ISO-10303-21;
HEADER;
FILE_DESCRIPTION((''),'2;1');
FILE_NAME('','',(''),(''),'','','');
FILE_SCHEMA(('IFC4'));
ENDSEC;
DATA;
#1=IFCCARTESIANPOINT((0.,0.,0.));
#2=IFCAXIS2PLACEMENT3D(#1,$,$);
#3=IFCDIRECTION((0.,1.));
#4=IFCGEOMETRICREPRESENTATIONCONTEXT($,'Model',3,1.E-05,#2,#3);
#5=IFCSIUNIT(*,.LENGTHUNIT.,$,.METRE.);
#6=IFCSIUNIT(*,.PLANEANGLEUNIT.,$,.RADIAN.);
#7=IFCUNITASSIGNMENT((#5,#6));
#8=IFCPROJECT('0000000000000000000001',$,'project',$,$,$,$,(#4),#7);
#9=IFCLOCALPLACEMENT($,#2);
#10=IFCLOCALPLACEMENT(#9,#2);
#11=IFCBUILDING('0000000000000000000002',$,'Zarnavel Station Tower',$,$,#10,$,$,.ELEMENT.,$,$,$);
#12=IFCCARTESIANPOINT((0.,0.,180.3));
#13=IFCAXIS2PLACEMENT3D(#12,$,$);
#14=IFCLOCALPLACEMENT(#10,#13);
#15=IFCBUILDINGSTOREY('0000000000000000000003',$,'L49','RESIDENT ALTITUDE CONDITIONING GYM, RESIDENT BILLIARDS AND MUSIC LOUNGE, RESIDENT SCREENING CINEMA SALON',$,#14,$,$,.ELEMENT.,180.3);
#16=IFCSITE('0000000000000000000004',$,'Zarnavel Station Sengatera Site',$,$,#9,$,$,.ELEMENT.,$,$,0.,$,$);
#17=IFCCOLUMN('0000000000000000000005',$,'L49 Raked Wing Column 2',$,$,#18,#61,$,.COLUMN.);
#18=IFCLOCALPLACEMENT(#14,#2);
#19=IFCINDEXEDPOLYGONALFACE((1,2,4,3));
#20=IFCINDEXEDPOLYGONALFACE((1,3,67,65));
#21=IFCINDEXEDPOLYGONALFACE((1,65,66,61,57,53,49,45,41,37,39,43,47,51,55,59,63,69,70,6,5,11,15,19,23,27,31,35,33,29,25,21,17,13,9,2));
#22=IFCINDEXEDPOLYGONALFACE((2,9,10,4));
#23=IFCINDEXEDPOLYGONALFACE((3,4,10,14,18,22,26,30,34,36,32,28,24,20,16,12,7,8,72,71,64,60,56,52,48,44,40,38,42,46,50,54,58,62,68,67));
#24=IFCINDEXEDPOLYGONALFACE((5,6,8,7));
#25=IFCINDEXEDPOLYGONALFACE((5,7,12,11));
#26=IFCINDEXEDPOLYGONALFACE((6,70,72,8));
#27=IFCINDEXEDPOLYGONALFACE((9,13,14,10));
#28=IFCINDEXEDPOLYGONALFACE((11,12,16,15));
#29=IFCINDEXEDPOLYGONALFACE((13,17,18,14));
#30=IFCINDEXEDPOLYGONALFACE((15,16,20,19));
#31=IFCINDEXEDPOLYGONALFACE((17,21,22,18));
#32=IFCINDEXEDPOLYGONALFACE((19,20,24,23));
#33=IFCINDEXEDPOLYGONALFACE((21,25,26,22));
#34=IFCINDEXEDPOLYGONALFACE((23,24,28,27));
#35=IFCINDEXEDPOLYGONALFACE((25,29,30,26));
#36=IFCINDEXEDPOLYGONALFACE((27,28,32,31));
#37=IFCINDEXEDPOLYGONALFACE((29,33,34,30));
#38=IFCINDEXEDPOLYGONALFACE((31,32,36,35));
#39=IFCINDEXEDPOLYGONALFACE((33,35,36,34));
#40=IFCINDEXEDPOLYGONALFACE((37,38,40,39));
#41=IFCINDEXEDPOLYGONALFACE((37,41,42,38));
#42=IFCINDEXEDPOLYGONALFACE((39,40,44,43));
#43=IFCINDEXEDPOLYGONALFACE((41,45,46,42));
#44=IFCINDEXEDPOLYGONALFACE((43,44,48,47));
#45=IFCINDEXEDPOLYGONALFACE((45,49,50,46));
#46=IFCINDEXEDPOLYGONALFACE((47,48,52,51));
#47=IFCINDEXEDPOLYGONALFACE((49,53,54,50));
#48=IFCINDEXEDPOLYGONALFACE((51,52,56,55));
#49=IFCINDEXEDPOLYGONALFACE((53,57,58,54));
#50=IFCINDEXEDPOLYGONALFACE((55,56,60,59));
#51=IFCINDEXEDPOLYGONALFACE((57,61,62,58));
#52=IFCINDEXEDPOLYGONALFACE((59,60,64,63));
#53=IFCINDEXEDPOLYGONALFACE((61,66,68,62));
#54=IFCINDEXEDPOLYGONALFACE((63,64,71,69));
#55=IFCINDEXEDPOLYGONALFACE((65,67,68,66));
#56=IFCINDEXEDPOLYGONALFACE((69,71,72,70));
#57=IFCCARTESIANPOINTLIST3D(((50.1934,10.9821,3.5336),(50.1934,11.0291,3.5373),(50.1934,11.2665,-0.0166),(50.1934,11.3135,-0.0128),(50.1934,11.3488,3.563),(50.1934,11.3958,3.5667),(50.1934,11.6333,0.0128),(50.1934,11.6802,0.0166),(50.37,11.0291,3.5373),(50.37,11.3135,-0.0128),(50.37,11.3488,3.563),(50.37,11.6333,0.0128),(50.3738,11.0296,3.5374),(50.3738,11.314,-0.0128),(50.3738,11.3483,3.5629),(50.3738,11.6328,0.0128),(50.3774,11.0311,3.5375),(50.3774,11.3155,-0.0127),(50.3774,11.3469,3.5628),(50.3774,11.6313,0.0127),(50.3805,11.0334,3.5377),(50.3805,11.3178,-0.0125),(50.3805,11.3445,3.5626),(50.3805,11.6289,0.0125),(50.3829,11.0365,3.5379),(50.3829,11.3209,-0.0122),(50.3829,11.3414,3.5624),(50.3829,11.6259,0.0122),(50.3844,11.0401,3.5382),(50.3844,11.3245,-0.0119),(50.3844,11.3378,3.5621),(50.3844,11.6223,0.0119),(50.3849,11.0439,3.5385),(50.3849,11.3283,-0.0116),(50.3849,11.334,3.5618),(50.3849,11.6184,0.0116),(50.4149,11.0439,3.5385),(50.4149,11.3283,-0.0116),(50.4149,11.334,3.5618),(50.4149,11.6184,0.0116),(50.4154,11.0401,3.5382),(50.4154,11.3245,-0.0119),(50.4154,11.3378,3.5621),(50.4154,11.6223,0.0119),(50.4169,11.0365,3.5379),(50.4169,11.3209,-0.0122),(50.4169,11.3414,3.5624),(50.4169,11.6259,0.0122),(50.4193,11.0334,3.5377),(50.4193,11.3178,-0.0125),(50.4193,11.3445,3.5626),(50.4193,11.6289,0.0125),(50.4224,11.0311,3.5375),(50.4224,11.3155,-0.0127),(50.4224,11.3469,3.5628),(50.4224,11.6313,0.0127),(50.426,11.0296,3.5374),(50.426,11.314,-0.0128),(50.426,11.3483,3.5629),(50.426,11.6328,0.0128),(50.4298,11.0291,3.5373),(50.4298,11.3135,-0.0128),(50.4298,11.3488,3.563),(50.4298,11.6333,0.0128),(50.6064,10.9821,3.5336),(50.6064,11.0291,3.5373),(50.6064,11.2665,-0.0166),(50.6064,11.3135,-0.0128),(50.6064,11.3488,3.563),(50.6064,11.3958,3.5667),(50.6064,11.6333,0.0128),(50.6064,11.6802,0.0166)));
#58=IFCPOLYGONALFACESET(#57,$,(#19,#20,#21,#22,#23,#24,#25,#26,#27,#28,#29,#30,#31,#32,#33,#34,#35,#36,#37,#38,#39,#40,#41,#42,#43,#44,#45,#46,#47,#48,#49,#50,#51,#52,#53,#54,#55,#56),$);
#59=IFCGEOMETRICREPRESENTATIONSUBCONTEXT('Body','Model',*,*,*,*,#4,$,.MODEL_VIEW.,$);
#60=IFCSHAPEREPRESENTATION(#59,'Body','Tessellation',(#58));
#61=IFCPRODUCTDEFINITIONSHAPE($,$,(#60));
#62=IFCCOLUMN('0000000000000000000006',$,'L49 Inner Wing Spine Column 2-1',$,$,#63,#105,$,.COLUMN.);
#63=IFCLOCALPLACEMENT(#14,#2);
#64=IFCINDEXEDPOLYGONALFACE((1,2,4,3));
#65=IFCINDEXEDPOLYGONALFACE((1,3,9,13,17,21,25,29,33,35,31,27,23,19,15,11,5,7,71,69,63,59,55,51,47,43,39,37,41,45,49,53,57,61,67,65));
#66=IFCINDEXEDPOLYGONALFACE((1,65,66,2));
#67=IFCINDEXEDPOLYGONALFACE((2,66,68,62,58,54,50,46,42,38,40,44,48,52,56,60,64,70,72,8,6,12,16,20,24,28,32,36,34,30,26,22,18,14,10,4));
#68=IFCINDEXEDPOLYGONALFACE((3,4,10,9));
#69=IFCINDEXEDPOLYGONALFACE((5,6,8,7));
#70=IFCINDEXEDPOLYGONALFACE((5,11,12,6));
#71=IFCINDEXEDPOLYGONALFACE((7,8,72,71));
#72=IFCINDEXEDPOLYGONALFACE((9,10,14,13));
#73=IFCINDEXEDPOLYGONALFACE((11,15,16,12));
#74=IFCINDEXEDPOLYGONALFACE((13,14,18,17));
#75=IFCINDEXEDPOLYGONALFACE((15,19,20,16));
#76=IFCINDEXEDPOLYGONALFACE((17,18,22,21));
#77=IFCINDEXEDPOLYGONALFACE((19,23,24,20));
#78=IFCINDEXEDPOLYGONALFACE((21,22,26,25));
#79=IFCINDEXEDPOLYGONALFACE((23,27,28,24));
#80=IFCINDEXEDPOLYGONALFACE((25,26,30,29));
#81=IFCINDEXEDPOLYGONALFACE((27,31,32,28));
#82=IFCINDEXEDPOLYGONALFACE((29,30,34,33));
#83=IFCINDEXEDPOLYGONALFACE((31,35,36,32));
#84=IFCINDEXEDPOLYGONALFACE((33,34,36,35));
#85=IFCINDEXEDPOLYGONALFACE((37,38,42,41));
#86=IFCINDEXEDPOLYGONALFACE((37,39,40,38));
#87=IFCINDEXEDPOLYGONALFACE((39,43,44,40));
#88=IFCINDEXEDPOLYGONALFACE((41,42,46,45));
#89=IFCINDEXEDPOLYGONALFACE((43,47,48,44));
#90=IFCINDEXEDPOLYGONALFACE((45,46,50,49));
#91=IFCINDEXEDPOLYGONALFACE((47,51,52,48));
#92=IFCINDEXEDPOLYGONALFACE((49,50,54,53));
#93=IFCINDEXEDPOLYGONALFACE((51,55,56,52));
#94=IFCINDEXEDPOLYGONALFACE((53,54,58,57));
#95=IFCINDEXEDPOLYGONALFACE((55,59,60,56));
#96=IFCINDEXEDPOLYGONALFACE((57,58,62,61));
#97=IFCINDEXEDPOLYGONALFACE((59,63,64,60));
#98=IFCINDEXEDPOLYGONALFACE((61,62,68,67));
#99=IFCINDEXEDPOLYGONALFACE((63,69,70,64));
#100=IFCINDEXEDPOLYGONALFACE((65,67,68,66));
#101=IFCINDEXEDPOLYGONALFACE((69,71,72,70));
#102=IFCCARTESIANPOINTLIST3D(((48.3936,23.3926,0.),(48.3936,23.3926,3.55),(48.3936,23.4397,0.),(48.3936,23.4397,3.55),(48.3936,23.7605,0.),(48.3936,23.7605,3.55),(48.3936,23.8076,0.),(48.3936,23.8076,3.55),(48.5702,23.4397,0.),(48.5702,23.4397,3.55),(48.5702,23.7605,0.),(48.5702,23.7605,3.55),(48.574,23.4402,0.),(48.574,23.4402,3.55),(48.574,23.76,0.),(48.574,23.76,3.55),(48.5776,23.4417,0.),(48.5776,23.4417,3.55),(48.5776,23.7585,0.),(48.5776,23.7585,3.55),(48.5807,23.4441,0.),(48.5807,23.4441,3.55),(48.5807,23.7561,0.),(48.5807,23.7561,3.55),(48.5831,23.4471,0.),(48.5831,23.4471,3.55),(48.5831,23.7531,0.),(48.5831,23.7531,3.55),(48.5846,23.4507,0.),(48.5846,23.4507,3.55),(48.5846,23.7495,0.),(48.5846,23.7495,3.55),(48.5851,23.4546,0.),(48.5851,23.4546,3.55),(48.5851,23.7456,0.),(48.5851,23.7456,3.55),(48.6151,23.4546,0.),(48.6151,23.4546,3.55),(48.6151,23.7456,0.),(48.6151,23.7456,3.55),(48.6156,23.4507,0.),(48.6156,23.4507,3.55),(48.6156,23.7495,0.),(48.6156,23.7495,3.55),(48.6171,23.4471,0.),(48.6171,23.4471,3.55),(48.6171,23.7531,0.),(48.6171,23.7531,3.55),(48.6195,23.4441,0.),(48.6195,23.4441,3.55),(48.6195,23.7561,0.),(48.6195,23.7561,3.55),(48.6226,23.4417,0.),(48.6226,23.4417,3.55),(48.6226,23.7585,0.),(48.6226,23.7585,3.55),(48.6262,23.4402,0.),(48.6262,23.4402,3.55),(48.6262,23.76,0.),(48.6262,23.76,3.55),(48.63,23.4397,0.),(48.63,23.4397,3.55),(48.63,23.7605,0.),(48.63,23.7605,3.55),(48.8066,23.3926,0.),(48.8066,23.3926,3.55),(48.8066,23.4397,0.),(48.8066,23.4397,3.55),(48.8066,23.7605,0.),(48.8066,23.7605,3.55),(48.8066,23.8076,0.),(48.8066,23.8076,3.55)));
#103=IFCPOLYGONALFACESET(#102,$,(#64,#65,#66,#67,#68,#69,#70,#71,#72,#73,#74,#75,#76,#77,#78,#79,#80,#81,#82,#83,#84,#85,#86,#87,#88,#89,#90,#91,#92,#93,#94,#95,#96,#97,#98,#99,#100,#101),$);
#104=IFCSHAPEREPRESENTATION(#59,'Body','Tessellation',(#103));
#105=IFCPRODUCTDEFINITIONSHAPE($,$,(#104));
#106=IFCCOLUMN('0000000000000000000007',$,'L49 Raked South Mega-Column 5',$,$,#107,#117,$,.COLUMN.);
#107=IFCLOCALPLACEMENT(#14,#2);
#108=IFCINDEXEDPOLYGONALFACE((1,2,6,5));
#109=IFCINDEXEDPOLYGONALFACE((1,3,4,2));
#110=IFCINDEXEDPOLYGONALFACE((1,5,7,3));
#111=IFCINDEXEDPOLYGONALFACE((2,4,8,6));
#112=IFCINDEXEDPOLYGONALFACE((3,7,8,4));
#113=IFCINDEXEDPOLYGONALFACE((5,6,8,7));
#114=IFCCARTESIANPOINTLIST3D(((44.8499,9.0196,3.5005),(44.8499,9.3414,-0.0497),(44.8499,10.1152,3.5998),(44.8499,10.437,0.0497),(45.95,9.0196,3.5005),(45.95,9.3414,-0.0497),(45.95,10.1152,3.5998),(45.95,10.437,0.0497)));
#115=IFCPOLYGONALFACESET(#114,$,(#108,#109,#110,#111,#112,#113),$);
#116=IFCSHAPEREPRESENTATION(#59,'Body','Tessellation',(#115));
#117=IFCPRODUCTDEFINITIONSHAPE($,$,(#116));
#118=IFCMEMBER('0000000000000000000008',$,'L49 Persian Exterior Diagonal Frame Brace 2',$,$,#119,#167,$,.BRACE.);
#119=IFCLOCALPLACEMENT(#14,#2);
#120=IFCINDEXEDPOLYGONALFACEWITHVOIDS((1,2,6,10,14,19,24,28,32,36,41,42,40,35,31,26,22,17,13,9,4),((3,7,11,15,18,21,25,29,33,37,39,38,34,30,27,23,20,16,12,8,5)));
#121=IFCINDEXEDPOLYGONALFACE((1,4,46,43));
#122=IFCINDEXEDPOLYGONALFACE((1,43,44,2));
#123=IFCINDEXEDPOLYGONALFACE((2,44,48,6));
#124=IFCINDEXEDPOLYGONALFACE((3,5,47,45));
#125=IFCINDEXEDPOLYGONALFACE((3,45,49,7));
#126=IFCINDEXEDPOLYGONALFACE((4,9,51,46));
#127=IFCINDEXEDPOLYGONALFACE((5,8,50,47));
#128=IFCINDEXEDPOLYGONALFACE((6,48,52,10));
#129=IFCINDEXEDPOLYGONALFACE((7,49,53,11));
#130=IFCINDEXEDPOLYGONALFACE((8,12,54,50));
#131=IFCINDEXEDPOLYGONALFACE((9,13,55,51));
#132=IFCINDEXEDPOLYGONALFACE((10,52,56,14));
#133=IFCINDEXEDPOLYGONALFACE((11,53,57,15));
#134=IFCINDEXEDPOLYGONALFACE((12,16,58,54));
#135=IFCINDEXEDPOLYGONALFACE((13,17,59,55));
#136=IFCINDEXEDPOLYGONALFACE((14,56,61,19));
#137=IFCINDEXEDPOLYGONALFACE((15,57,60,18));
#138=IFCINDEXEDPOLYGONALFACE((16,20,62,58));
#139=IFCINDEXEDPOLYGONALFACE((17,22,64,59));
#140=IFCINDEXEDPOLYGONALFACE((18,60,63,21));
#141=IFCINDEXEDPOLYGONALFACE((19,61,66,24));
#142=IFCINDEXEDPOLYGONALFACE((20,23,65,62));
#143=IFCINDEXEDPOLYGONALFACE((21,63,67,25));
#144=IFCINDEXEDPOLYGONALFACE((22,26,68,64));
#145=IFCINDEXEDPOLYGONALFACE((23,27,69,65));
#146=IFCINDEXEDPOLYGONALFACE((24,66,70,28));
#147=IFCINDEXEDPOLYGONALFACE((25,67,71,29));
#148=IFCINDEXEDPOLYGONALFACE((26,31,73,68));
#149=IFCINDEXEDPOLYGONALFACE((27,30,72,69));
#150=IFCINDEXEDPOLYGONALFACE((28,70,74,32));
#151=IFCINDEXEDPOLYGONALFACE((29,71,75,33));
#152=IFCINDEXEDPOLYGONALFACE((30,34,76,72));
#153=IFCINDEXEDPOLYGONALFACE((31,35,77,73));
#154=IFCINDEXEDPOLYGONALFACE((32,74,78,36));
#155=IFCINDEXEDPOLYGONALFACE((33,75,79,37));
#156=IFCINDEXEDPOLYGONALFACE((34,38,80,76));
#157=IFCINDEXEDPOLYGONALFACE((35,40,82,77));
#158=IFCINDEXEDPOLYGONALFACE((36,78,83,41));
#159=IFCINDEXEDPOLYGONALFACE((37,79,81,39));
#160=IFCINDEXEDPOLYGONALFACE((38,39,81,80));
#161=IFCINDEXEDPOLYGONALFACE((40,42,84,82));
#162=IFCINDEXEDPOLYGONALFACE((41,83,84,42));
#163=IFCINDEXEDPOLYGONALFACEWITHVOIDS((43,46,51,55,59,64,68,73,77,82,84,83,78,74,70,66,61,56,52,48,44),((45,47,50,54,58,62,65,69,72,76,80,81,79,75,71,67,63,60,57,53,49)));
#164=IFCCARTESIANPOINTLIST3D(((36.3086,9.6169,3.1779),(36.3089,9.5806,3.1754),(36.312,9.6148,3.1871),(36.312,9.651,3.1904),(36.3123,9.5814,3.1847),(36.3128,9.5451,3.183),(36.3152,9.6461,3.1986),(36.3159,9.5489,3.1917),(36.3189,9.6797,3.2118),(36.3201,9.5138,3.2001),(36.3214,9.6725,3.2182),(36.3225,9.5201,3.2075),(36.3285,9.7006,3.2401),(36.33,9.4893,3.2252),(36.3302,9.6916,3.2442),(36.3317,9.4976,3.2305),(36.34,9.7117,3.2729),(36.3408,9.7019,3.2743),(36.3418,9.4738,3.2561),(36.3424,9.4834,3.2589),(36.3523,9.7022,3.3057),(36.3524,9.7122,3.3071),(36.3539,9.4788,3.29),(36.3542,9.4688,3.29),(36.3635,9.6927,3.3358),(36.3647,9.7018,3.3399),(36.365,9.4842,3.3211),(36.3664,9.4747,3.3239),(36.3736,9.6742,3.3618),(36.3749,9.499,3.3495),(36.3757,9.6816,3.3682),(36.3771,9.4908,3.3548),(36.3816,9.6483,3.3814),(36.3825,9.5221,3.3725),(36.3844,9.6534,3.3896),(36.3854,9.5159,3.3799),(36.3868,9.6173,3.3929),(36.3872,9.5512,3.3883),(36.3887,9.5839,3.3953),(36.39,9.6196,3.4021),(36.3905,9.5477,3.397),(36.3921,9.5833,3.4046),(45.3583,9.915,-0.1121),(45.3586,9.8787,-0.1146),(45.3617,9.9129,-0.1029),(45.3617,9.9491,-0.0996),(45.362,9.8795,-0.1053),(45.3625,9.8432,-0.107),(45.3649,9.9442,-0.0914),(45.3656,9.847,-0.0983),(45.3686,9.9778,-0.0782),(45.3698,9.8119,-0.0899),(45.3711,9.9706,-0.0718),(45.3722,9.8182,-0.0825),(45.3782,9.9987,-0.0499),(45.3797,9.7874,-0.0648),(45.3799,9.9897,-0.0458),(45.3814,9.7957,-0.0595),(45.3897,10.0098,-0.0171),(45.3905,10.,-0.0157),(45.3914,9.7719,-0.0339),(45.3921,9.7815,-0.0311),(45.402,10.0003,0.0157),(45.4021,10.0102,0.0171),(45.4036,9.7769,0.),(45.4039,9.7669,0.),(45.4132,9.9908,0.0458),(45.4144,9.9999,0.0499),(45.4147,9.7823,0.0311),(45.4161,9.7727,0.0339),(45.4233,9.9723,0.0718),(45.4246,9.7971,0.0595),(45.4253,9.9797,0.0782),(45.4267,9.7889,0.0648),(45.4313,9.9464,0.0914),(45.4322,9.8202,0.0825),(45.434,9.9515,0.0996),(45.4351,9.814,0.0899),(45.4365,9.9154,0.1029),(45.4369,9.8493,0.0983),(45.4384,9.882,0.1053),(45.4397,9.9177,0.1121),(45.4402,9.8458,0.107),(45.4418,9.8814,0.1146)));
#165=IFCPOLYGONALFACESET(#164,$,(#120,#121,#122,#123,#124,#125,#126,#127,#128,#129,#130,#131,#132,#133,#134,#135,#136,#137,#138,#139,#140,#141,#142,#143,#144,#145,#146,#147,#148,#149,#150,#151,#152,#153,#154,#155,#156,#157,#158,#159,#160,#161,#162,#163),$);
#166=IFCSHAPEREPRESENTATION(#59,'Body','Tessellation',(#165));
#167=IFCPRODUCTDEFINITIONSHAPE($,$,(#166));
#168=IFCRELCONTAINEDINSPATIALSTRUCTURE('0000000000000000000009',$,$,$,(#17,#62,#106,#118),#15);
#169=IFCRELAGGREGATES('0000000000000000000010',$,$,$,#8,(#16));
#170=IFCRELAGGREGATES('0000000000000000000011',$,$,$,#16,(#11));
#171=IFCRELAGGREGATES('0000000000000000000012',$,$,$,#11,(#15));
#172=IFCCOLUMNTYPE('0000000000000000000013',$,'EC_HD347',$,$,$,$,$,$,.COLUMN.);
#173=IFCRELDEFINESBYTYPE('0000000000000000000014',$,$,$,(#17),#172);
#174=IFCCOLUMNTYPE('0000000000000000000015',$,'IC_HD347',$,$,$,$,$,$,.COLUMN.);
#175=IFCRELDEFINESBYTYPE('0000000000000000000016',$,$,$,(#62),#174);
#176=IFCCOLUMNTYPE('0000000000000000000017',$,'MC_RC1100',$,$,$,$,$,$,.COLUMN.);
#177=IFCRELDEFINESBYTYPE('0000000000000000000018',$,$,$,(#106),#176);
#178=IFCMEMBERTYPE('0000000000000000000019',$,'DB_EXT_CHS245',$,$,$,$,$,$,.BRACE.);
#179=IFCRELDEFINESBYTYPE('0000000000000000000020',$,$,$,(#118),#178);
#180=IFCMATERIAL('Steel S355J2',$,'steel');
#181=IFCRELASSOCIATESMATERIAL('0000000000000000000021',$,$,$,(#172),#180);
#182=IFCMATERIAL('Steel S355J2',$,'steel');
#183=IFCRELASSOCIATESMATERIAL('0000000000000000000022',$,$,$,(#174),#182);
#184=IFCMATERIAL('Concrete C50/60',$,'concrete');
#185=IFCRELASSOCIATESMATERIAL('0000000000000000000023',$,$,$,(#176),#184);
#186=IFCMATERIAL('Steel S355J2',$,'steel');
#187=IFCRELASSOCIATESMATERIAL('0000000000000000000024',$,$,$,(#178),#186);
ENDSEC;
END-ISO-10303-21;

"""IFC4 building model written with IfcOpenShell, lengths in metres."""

from ifc_helpers import new_model, si_unit, direction, frame, origin, origin_2d, place, context, subcontext, project, spatial, rectangle, hollow_circle, i_section, extrude, material, material_profile, profile_set, type_object, element, save


model = new_model("IFC4")

# Units and contexts
model_context = context("Model", 3, precision=1e-05, world=origin(), true_north=direction((0.0, 1.0)))
body_context = subcontext(model_context, "Body", "Model", "MODEL_VIEW")
ifc_project = project(units=[si_unit("LENGTHUNIT", "METRE"), si_unit("PLANEANGLEUNIT", "RADIAN")], contexts=[model_context])

# Site, building, storey
site_placement = place(None, origin())
site = spatial("IfcSite", under=ifc_project, at=site_placement, Name="Zarnavel Station Sengatera Site", CompositionType="ELEMENT", RefElevation=0.0)
building_placement = place(site_placement, origin())
building = spatial("IfcBuilding", under=site, at=building_placement, Name="Zarnavel Station Tower", CompositionType="ELEMENT")
storey_placement = place(building_placement, frame((0.0, 0.0, 180.3)))
storey = spatial("IfcBuildingStorey", under=building, at=storey_placement, Name="L49", Description="RESIDENT ALTITUDE CONDITIONING GYM, RESIDENT BILLIARDS AND MUSIC LOUNGE, RESIDENT SCREENING CINEMA SALON", CompositionType="ELEMENT", Elevation=180.3)

# Columns
ifc_material_1 = material(Name="Steel S355J2", Category="steel")
ifc_material_profile_1 = material_profile(ifc_material_1, i_section(OverallWidth=0.4131, OverallDepth=0.415, WebThickness=0.03, FlangeThickness=0.0471, FilletRadius=0.0149, at=origin_2d()), Name="HD400x347")
ifc_profile_set_1 = profile_set([ifc_material_profile_1], Name="Steel S355J2")
column_type_1 = type_object("IfcColumnType", Name="EC_HD347", PredefinedType="COLUMN", material=ifc_profile_set_1)
column_1_placement = place(storey_placement, frame((50.3999, 11.4734, 0.0), z_axis=(0.0, -0.079862, 0.996806), x_axis=(1.0, 0.0, 0.0)))
element("IfcColumn", 1, at=column_1_placement, inside=storey, type_object=column_type_1, Name="L49 Raked Wing Column 2", PredefinedType="COLUMN", context=body_context, shape_type="SweptSolid", body=[
    extrude(i_section(OverallWidth=0.4131, OverallDepth=0.415, WebThickness=0.03, FlangeThickness=0.0471, FilletRadius=0.0149, at=origin_2d()), origin(), (0.0, 0.0, 1.0), 3.5615),
])
ifc_material_2 = material(Name="Steel S355J2", Category="steel")
ifc_material_profile_2 = material_profile(ifc_material_2, i_section(OverallWidth=0.4131, OverallDepth=0.415, WebThickness=0.03, FlangeThickness=0.0471, FilletRadius=0.0149, at=origin_2d()), Name="HD400x347")
ifc_profile_set_2 = profile_set([ifc_material_profile_2], Name="Steel S355J2")
column_type_2 = type_object("IfcColumnType", Name="IC_HD347", PredefinedType="COLUMN", material=ifc_profile_set_2)
column_2_placement = place(storey_placement, frame((48.6001, 23.6001, 0.0), z_axis=(0.0, 0.0, 1.0), x_axis=(1.0, 0.0, 0.0)))
element("IfcColumn", 2, at=column_2_placement, inside=storey, type_object=column_type_2, Name="L49 Inner Wing Spine Column 2-1", PredefinedType="COLUMN", context=body_context, shape_type="SweptSolid", body=[
    extrude(i_section(OverallWidth=0.4131, OverallDepth=0.415, WebThickness=0.03, FlangeThickness=0.0471, FilletRadius=0.0149, at=origin_2d()), origin(), (0.0, 0.0, 1.0), 3.55),
])
ifc_material_3 = material(Name="Concrete C50/60", Category="concrete")
ifc_material_profile_3 = material_profile(ifc_material_3, rectangle(XDim=1.1001, YDim=1.1001, at=origin_2d()), Name="RC1100x1100")
ifc_profile_set_3 = profile_set([ifc_material_profile_3], Name="Concrete C50/60")
column_type_3 = type_object("IfcColumnType", Name="MC_RC1100", PredefinedType="COLUMN", material=ifc_profile_set_3)
column_3_placement = place(storey_placement, frame((45.3999, 9.8892, 0.0), z_axis=(0.0, -0.09027, 0.995917), x_axis=(1.0, 0.0, 0.0)))
element("IfcColumn", 3, at=column_3_placement, inside=storey, type_object=column_type_3, Name="L49 Raked South Mega-Column 5", PredefinedType="COLUMN", context=body_context, shape_type="SweptSolid", body=[
    extrude(rectangle(XDim=1.1001, YDim=1.1001, at=origin_2d()), origin(), (0.0, 0.0, 1.0), 3.5647),
])

# Member
ifc_material_4 = material(Name="Steel S355J2", Category="steel")
ifc_material_profile_4 = material_profile(ifc_material_4, hollow_circle(Radius=0.1223, WallThickness=0.01, at=origin_2d()), Name="CHS244.5x10")
ifc_profile_set_4 = profile_set([ifc_material_profile_4], Name="Steel S355J2")
member_type = type_object("IfcMemberType", Name="DB_EXT_CHS245", PredefinedType="BRACE", material=ifc_profile_set_4)
member_placement = place(storey_placement, frame((45.3999, 9.8892, 0.0), z_axis=(-0.93937, -0.030942, 0.341506), x_axis=(0.032922, -0.999458, 0.0)))
element("IfcMember", 4, at=member_placement, inside=storey, type_object=member_type, Name="L49 Persian Exterior Diagonal Frame Brace 2", PredefinedType="BRACE", context=body_context, shape_type="SweptSolid", body=[
    extrude(hollow_circle(Radius=0.1223, WallThickness=0.01, at=origin_2d()), origin(), (0.0, 0.0, 1.0), 9.6338),
])

save(model, "model.ifc")
